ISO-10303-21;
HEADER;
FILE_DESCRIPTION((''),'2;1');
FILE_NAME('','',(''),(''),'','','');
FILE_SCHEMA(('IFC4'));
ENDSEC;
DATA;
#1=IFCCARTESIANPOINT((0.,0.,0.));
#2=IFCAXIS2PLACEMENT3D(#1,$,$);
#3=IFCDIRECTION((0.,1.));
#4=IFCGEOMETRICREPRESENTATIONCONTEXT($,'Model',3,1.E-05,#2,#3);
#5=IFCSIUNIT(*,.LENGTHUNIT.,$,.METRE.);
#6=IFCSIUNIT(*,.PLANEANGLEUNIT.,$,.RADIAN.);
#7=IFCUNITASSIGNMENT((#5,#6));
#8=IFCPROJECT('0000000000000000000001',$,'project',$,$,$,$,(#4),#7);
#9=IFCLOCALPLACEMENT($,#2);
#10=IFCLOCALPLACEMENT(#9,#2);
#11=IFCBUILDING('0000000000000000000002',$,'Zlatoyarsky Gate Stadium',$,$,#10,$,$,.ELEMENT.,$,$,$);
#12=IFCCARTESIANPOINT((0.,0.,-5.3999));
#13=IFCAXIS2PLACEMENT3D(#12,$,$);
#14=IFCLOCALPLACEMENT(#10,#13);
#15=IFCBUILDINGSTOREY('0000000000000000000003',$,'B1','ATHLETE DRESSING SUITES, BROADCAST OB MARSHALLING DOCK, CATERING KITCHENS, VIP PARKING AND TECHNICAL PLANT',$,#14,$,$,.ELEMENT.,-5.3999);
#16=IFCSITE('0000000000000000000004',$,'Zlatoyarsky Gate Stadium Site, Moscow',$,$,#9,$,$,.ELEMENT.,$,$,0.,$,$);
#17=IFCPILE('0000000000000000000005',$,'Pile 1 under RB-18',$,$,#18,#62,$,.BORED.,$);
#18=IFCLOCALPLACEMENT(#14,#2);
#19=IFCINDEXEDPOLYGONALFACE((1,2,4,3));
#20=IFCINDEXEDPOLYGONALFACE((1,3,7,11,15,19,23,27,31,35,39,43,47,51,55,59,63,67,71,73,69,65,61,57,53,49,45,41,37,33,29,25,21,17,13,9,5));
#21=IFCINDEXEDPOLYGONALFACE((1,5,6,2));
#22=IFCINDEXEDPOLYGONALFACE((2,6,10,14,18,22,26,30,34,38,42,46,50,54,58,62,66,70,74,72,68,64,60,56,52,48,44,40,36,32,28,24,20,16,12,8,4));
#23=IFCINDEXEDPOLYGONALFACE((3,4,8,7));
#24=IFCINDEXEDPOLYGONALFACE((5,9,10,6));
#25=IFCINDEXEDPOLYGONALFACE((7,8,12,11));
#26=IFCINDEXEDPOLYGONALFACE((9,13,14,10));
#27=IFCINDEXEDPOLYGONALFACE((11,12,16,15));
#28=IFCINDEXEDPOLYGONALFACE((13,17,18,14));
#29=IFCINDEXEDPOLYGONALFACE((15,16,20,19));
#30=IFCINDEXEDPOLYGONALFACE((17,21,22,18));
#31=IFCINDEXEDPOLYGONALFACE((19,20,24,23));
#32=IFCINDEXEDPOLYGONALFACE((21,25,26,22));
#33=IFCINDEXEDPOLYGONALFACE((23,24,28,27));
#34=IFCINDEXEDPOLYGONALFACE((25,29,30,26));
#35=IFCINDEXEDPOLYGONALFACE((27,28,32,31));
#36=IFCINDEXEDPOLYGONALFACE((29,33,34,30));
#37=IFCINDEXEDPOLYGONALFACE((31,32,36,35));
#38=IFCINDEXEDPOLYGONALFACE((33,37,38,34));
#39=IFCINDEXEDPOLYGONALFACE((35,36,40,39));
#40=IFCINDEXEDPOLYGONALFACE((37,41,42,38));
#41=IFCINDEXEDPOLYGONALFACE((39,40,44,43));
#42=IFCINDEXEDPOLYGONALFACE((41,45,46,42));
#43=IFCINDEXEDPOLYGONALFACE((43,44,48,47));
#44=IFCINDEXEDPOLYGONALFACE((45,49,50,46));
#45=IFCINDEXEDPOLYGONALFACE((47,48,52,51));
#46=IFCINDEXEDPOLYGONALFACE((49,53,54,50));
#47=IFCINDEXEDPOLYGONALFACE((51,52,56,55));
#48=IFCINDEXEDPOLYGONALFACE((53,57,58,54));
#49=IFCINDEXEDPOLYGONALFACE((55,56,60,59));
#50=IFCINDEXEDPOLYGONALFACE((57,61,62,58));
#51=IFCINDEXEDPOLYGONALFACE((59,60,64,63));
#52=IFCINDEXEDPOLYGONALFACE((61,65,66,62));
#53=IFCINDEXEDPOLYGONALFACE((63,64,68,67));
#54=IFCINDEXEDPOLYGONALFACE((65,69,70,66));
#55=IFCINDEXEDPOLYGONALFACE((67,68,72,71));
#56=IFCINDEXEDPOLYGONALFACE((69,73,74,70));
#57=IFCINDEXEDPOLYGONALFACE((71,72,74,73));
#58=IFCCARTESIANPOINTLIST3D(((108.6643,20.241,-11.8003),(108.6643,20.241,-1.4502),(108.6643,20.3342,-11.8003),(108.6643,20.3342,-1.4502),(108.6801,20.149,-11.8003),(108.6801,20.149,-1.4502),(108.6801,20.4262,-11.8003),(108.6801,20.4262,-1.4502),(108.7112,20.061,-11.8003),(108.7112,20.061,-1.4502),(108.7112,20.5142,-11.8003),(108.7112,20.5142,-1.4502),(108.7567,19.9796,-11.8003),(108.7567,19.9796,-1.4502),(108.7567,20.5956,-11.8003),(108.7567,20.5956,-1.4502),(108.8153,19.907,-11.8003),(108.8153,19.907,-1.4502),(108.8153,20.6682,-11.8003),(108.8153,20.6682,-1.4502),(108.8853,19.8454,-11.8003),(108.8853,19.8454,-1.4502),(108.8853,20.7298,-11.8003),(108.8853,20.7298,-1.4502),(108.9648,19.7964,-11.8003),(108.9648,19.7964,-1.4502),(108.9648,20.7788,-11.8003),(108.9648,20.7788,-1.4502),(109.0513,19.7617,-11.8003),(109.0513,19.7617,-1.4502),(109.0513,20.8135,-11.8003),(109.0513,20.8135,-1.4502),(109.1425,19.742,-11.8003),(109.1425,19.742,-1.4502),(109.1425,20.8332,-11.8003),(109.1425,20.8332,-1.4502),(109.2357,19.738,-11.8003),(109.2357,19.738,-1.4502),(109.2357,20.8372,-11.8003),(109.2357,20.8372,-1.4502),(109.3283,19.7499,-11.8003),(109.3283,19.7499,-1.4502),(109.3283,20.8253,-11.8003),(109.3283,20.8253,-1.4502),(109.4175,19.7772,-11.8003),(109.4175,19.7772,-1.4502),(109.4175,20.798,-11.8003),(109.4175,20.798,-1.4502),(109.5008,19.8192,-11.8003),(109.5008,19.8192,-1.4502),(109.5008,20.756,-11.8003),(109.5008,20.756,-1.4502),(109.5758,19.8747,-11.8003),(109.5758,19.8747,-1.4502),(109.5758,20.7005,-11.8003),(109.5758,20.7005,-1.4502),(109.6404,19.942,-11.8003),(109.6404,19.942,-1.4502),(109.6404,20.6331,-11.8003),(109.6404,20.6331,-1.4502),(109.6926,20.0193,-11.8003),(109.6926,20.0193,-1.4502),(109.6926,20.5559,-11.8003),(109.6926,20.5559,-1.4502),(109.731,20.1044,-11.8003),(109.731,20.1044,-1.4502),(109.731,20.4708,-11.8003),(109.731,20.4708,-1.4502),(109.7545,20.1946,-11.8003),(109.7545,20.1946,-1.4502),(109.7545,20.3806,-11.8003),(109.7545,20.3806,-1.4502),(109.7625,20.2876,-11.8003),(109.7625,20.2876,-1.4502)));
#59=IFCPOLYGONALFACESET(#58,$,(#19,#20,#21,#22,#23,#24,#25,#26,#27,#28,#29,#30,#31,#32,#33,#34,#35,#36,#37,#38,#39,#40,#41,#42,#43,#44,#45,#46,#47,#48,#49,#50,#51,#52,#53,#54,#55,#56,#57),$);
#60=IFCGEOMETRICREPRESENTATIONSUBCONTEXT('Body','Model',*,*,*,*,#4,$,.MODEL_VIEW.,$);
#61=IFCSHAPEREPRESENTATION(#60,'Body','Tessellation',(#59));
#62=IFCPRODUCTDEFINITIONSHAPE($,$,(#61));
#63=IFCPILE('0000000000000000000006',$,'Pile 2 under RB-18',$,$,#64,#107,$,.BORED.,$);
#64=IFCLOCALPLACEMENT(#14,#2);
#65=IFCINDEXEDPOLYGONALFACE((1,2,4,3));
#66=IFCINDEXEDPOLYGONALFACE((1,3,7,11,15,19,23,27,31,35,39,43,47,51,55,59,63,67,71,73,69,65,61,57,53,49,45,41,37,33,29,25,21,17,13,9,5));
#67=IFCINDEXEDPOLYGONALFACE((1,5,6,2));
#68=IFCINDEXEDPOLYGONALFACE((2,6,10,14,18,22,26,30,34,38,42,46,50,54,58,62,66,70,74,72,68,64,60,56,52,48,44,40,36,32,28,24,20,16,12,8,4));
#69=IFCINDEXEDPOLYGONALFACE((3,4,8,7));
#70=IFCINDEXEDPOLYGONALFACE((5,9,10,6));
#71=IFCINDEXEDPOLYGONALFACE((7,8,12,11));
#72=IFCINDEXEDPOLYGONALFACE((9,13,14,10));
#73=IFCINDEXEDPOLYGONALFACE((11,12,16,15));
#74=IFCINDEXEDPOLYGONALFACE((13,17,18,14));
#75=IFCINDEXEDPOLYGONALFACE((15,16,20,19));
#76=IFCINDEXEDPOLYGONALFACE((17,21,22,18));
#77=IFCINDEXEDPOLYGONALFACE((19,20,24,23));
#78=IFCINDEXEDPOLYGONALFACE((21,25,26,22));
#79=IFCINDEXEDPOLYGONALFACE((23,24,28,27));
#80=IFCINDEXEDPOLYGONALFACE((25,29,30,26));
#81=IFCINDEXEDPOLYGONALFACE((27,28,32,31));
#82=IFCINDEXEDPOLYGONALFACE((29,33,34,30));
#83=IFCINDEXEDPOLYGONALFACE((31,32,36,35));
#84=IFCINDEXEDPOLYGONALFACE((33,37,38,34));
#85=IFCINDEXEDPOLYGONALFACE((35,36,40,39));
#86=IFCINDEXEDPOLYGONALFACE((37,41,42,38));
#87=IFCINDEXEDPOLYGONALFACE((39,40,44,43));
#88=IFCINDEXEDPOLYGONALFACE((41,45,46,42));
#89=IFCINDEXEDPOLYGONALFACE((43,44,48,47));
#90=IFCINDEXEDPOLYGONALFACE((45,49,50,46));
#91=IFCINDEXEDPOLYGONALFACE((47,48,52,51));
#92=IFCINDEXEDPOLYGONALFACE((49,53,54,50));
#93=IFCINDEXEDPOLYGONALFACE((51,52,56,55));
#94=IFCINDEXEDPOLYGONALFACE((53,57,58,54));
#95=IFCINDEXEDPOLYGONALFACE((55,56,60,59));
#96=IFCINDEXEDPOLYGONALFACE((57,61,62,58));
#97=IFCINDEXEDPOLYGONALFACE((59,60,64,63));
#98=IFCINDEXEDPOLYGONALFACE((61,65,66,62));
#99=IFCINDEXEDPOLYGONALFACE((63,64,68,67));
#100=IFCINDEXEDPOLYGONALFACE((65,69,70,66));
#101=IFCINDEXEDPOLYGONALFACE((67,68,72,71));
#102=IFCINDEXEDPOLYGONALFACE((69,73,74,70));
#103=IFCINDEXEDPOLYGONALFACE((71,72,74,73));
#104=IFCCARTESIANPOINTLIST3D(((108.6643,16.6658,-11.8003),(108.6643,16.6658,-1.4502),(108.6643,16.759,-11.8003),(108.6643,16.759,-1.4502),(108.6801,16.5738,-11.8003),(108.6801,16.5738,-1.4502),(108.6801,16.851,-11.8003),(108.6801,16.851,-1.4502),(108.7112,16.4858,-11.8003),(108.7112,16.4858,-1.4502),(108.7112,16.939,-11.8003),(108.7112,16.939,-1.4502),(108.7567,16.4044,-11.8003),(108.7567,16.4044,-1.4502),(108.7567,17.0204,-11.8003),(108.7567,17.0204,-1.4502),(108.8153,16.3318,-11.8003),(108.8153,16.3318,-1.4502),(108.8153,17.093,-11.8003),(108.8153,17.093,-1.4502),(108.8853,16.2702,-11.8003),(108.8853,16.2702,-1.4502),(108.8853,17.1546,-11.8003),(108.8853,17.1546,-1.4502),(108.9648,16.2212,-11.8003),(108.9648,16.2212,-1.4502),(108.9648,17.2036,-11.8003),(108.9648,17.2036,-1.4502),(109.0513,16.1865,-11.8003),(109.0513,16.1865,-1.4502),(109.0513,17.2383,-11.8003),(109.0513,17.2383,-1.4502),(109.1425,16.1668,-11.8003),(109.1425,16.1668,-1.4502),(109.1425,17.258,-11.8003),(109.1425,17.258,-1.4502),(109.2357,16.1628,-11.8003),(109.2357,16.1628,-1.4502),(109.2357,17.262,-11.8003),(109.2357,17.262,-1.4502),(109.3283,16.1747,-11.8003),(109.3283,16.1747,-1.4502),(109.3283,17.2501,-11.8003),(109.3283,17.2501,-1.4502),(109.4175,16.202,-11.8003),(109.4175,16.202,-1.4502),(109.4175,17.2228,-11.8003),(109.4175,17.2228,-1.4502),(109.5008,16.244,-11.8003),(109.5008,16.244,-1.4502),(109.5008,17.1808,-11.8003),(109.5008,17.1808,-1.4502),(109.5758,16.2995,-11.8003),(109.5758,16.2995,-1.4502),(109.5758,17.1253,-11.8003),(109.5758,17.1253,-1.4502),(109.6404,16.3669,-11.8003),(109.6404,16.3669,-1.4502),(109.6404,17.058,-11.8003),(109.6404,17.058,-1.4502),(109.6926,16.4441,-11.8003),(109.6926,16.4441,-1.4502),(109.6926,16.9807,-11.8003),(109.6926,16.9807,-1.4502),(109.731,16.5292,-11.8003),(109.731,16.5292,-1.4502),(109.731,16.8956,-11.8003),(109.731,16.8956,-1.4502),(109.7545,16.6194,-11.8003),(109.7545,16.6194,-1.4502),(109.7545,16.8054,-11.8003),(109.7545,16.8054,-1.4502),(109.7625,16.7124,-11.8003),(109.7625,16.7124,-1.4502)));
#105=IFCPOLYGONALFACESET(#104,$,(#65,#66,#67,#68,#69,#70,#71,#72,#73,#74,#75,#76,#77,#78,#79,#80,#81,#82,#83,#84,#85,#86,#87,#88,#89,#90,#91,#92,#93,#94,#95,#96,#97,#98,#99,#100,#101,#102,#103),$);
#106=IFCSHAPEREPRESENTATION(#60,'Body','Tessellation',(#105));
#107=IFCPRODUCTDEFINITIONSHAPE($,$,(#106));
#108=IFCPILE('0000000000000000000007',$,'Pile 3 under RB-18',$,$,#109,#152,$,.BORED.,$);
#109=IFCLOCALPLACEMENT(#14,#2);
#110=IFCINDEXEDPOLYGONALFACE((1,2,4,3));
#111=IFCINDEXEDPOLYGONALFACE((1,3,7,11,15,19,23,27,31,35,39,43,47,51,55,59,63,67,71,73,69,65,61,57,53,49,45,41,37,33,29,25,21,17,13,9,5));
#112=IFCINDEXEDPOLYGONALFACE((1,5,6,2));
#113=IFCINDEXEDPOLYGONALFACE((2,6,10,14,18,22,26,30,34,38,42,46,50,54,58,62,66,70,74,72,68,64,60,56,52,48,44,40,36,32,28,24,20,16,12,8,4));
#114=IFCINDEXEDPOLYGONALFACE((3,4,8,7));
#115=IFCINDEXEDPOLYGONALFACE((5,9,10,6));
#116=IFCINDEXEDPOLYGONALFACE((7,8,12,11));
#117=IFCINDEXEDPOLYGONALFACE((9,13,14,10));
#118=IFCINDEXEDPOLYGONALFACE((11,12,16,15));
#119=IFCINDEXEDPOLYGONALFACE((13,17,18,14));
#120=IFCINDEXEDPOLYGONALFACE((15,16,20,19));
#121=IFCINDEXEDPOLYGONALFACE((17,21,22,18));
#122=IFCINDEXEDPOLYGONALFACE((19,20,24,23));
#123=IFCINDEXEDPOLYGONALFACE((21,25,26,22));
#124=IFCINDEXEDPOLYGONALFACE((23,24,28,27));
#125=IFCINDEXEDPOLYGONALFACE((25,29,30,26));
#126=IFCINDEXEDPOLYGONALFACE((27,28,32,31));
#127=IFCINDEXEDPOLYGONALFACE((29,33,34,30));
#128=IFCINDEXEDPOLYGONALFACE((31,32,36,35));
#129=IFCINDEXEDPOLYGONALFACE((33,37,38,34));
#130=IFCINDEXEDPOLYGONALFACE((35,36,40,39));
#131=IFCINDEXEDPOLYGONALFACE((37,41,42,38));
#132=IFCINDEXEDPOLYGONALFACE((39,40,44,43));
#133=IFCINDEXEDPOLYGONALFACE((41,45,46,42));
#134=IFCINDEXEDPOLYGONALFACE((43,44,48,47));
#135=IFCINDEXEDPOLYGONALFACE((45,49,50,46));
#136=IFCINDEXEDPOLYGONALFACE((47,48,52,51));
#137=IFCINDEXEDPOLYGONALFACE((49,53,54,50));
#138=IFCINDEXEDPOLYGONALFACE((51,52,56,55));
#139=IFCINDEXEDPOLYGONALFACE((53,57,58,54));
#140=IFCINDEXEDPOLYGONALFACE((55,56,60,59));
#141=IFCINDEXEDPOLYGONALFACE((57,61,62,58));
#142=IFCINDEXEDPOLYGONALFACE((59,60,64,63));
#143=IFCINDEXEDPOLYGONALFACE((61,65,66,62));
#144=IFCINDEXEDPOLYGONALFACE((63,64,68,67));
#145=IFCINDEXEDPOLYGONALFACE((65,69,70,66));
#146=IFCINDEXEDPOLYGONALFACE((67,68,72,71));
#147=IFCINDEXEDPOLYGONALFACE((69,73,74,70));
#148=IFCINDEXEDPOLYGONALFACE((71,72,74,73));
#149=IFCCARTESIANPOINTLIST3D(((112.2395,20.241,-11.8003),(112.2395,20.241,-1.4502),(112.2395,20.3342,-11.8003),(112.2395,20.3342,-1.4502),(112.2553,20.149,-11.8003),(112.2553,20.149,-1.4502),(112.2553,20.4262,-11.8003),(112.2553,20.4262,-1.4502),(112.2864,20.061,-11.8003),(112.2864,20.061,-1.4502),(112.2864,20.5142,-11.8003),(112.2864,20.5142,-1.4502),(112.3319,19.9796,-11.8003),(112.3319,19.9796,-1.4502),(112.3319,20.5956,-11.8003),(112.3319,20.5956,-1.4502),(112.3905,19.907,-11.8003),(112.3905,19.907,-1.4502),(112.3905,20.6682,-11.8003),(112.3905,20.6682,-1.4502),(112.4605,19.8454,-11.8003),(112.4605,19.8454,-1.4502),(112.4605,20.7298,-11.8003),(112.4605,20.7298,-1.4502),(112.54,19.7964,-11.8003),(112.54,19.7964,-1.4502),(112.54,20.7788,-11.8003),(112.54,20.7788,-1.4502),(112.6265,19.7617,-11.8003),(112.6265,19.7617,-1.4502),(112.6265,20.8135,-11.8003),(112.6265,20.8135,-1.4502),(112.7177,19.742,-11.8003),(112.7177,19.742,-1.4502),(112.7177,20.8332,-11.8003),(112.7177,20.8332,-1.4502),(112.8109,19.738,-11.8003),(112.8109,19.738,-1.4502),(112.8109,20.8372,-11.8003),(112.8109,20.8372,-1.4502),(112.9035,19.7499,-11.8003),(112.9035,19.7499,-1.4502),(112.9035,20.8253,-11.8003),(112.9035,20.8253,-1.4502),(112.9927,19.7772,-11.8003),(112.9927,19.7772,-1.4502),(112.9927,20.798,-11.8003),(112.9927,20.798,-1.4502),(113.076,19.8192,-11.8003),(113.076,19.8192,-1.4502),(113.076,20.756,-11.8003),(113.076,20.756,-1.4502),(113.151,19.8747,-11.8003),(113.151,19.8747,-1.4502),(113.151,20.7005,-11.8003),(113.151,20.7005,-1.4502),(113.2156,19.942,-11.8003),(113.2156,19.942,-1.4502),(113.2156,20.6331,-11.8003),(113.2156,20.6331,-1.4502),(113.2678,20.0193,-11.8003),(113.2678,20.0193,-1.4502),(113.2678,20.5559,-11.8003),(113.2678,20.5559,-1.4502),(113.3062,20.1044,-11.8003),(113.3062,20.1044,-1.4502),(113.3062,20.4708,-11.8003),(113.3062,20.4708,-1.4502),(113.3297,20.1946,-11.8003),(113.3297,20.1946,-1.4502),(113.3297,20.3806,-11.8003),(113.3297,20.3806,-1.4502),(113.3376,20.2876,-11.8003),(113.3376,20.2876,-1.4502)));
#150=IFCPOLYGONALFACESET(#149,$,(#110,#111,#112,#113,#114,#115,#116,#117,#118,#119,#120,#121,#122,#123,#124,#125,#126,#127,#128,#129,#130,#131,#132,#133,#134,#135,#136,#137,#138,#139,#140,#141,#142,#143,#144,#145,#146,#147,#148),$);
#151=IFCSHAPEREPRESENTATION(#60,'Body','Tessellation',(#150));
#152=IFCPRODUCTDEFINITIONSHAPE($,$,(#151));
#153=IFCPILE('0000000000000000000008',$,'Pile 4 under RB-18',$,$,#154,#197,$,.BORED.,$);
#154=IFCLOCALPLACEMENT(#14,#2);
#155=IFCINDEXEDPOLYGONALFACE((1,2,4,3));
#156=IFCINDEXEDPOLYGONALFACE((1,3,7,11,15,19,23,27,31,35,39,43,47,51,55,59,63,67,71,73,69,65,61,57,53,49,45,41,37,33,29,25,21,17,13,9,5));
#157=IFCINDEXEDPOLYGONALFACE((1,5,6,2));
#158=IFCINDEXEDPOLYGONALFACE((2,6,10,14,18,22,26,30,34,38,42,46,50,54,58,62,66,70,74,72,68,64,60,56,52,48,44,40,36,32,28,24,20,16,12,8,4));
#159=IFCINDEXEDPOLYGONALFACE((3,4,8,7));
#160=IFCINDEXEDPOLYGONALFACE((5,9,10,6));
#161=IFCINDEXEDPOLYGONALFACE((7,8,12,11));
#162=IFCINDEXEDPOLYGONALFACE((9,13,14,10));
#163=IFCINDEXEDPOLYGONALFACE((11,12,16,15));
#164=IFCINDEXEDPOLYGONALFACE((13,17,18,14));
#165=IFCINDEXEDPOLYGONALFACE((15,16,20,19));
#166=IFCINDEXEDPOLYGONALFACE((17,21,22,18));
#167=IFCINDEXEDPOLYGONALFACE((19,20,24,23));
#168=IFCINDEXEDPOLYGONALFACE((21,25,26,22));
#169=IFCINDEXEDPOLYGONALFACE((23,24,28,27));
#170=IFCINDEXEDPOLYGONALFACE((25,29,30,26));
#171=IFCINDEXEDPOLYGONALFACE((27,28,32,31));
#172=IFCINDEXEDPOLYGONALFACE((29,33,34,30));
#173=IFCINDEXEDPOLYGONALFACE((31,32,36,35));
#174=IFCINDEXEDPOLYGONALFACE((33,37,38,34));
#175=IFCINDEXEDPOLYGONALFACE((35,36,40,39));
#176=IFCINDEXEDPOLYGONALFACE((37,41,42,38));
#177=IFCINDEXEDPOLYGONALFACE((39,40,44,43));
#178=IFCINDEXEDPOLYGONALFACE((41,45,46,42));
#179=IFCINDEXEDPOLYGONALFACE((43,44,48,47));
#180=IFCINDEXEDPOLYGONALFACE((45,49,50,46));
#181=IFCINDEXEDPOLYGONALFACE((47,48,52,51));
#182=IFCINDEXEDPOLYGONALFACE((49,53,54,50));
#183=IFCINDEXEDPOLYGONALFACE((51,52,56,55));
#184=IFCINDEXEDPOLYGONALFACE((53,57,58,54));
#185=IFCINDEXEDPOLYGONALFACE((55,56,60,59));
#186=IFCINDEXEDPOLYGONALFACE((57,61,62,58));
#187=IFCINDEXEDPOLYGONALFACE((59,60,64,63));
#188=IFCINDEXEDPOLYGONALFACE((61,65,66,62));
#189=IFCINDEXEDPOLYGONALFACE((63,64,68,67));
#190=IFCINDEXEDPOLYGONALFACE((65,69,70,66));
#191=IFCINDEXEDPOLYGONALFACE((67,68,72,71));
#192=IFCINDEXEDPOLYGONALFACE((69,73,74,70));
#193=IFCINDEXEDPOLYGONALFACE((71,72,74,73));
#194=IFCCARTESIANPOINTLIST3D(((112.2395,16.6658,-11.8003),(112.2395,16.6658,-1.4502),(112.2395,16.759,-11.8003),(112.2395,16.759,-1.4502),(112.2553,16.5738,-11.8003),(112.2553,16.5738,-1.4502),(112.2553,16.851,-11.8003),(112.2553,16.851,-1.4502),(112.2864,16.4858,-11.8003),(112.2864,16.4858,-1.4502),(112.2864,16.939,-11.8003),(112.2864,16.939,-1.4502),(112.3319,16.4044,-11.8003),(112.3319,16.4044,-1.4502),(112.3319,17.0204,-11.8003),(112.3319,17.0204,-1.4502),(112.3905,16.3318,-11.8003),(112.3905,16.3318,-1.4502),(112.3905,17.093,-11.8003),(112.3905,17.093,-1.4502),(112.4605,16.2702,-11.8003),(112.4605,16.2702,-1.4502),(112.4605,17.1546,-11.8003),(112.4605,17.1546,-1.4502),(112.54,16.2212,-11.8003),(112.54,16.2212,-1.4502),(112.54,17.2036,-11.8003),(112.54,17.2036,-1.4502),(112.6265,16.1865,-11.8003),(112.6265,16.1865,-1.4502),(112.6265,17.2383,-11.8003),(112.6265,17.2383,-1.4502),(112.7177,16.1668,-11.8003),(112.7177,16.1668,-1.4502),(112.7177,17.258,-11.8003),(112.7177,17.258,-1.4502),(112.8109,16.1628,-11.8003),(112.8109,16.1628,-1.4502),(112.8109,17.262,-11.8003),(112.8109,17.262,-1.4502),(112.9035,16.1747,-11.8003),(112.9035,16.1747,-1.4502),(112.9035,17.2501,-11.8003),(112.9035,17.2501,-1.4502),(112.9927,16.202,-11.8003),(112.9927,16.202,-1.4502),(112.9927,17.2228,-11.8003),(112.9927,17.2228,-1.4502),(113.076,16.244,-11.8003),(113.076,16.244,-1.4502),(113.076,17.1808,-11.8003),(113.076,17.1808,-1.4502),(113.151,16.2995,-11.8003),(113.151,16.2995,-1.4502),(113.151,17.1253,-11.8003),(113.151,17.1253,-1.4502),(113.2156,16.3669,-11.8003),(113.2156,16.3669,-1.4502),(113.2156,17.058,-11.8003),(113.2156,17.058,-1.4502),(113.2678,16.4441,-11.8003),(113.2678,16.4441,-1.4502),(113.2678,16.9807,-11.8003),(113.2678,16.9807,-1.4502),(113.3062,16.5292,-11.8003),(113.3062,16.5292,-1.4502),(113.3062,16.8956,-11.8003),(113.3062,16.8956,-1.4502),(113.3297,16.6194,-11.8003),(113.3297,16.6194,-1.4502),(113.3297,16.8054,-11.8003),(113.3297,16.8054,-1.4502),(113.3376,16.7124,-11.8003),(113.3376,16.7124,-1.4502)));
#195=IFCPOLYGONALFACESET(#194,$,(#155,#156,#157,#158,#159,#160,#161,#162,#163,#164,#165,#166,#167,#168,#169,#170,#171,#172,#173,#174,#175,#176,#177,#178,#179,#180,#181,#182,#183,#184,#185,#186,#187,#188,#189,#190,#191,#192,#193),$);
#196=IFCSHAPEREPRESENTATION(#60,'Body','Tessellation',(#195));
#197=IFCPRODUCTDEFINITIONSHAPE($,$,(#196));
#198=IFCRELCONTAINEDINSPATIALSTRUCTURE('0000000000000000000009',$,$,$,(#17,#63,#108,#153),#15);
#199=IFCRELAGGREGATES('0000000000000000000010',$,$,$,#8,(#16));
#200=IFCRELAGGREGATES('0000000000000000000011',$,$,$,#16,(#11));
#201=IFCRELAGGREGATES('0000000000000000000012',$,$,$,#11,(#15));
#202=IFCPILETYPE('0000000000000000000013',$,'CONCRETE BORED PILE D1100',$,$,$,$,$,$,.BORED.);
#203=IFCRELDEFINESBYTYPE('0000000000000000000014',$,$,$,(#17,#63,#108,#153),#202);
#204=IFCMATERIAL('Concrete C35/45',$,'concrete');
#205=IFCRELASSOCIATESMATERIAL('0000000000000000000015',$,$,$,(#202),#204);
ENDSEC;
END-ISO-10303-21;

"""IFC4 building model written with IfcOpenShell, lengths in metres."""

from ifc_helpers import new_model, si_unit, direction, frame, origin, origin_2d, place, context, subcontext, project, spatial, circle, extrude, material, material_profile, profile_set, type_object, element, save


model = new_model("IFC4")

# Units and contexts
model_context = context("Model", 3, precision=1e-05, world=origin(), true_north=direction((0.0, 1.0)))
body_context = subcontext(model_context, "Body", "Model", "MODEL_VIEW")
ifc_project = project(units=[si_unit("LENGTHUNIT", "METRE"), si_unit("PLANEANGLEUNIT", "RADIAN")], contexts=[model_context])

# Site, building, storey
site_placement = place(None, origin())
site = spatial("IfcSite", under=ifc_project, at=site_placement, Name="Zlatoyarsky Gate Stadium Site, Moscow", CompositionType="ELEMENT", RefElevation=0.0)
building_placement = place(site_placement, origin())
building = spatial("IfcBuilding", under=site, at=building_placement, Name="Zlatoyarsky Gate Stadium", CompositionType="ELEMENT")
storey_placement = place(building_placement, frame((0.0, 0.0, -5.3999)))
storey = spatial("IfcBuildingStorey", under=building, at=storey_placement, Name="B1", Description="ATHLETE DRESSING SUITES, BROADCAST OB MARSHALLING DOCK, CATERING KITCHENS, VIP PARKING AND TECHNICAL PLANT", CompositionType="ELEMENT", Elevation=-5.3999)

# Piles
ifc_material_1 = material(Name="Concrete C35/45", Category="concrete")
ifc_material_profile_1 = material_profile(ifc_material_1, circle(Radius=0.55, at=origin_2d()), Name="BORED PILE D1100")
ifc_profile_set_1 = profile_set([ifc_material_profile_1], Name="Concrete C35/45")
pile_type_1 = type_object("IfcPileType", Name="CONCRETE BORED PILE D1100", PredefinedType="BORED", material=ifc_profile_set_1)
for number, where, z_axis, x_axis, name in (
    (1, (109.2124, 20.2876, -1.4502), (0.0, 0.0, -1.0), (1.0, 0.0, 0.0), "Pile 1 under RB-18"),
    (2, (109.2124, 16.7124, -1.4502), (0.0, 0.0, -1.0), (1.0, 0.0, 0.0), "Pile 2 under RB-18"),
    (3, (112.7876, 20.2876, -1.4502), (0.0, 0.0, -1.0), (1.0, 0.0, 0.0), "Pile 3 under RB-18"),
    (4, (112.7876, 16.7124, -1.4502), (0.0, 0.0, -1.0), (1.0, 0.0, 0.0), "Pile 4 under RB-18"),
):
    element("IfcPile", number, at=place(storey_placement, frame(where, z_axis=z_axis, x_axis=x_axis)), inside=storey, type_object=pile_type_1, Name=name, PredefinedType="BORED", context=body_context, shape_type="SweptSolid", body=[
        extrude(circle(Radius=0.55, at=origin_2d()), origin(), (0.0, 0.0, 1.0), 10.3501),
    ])

save(model, "model.ifc")
